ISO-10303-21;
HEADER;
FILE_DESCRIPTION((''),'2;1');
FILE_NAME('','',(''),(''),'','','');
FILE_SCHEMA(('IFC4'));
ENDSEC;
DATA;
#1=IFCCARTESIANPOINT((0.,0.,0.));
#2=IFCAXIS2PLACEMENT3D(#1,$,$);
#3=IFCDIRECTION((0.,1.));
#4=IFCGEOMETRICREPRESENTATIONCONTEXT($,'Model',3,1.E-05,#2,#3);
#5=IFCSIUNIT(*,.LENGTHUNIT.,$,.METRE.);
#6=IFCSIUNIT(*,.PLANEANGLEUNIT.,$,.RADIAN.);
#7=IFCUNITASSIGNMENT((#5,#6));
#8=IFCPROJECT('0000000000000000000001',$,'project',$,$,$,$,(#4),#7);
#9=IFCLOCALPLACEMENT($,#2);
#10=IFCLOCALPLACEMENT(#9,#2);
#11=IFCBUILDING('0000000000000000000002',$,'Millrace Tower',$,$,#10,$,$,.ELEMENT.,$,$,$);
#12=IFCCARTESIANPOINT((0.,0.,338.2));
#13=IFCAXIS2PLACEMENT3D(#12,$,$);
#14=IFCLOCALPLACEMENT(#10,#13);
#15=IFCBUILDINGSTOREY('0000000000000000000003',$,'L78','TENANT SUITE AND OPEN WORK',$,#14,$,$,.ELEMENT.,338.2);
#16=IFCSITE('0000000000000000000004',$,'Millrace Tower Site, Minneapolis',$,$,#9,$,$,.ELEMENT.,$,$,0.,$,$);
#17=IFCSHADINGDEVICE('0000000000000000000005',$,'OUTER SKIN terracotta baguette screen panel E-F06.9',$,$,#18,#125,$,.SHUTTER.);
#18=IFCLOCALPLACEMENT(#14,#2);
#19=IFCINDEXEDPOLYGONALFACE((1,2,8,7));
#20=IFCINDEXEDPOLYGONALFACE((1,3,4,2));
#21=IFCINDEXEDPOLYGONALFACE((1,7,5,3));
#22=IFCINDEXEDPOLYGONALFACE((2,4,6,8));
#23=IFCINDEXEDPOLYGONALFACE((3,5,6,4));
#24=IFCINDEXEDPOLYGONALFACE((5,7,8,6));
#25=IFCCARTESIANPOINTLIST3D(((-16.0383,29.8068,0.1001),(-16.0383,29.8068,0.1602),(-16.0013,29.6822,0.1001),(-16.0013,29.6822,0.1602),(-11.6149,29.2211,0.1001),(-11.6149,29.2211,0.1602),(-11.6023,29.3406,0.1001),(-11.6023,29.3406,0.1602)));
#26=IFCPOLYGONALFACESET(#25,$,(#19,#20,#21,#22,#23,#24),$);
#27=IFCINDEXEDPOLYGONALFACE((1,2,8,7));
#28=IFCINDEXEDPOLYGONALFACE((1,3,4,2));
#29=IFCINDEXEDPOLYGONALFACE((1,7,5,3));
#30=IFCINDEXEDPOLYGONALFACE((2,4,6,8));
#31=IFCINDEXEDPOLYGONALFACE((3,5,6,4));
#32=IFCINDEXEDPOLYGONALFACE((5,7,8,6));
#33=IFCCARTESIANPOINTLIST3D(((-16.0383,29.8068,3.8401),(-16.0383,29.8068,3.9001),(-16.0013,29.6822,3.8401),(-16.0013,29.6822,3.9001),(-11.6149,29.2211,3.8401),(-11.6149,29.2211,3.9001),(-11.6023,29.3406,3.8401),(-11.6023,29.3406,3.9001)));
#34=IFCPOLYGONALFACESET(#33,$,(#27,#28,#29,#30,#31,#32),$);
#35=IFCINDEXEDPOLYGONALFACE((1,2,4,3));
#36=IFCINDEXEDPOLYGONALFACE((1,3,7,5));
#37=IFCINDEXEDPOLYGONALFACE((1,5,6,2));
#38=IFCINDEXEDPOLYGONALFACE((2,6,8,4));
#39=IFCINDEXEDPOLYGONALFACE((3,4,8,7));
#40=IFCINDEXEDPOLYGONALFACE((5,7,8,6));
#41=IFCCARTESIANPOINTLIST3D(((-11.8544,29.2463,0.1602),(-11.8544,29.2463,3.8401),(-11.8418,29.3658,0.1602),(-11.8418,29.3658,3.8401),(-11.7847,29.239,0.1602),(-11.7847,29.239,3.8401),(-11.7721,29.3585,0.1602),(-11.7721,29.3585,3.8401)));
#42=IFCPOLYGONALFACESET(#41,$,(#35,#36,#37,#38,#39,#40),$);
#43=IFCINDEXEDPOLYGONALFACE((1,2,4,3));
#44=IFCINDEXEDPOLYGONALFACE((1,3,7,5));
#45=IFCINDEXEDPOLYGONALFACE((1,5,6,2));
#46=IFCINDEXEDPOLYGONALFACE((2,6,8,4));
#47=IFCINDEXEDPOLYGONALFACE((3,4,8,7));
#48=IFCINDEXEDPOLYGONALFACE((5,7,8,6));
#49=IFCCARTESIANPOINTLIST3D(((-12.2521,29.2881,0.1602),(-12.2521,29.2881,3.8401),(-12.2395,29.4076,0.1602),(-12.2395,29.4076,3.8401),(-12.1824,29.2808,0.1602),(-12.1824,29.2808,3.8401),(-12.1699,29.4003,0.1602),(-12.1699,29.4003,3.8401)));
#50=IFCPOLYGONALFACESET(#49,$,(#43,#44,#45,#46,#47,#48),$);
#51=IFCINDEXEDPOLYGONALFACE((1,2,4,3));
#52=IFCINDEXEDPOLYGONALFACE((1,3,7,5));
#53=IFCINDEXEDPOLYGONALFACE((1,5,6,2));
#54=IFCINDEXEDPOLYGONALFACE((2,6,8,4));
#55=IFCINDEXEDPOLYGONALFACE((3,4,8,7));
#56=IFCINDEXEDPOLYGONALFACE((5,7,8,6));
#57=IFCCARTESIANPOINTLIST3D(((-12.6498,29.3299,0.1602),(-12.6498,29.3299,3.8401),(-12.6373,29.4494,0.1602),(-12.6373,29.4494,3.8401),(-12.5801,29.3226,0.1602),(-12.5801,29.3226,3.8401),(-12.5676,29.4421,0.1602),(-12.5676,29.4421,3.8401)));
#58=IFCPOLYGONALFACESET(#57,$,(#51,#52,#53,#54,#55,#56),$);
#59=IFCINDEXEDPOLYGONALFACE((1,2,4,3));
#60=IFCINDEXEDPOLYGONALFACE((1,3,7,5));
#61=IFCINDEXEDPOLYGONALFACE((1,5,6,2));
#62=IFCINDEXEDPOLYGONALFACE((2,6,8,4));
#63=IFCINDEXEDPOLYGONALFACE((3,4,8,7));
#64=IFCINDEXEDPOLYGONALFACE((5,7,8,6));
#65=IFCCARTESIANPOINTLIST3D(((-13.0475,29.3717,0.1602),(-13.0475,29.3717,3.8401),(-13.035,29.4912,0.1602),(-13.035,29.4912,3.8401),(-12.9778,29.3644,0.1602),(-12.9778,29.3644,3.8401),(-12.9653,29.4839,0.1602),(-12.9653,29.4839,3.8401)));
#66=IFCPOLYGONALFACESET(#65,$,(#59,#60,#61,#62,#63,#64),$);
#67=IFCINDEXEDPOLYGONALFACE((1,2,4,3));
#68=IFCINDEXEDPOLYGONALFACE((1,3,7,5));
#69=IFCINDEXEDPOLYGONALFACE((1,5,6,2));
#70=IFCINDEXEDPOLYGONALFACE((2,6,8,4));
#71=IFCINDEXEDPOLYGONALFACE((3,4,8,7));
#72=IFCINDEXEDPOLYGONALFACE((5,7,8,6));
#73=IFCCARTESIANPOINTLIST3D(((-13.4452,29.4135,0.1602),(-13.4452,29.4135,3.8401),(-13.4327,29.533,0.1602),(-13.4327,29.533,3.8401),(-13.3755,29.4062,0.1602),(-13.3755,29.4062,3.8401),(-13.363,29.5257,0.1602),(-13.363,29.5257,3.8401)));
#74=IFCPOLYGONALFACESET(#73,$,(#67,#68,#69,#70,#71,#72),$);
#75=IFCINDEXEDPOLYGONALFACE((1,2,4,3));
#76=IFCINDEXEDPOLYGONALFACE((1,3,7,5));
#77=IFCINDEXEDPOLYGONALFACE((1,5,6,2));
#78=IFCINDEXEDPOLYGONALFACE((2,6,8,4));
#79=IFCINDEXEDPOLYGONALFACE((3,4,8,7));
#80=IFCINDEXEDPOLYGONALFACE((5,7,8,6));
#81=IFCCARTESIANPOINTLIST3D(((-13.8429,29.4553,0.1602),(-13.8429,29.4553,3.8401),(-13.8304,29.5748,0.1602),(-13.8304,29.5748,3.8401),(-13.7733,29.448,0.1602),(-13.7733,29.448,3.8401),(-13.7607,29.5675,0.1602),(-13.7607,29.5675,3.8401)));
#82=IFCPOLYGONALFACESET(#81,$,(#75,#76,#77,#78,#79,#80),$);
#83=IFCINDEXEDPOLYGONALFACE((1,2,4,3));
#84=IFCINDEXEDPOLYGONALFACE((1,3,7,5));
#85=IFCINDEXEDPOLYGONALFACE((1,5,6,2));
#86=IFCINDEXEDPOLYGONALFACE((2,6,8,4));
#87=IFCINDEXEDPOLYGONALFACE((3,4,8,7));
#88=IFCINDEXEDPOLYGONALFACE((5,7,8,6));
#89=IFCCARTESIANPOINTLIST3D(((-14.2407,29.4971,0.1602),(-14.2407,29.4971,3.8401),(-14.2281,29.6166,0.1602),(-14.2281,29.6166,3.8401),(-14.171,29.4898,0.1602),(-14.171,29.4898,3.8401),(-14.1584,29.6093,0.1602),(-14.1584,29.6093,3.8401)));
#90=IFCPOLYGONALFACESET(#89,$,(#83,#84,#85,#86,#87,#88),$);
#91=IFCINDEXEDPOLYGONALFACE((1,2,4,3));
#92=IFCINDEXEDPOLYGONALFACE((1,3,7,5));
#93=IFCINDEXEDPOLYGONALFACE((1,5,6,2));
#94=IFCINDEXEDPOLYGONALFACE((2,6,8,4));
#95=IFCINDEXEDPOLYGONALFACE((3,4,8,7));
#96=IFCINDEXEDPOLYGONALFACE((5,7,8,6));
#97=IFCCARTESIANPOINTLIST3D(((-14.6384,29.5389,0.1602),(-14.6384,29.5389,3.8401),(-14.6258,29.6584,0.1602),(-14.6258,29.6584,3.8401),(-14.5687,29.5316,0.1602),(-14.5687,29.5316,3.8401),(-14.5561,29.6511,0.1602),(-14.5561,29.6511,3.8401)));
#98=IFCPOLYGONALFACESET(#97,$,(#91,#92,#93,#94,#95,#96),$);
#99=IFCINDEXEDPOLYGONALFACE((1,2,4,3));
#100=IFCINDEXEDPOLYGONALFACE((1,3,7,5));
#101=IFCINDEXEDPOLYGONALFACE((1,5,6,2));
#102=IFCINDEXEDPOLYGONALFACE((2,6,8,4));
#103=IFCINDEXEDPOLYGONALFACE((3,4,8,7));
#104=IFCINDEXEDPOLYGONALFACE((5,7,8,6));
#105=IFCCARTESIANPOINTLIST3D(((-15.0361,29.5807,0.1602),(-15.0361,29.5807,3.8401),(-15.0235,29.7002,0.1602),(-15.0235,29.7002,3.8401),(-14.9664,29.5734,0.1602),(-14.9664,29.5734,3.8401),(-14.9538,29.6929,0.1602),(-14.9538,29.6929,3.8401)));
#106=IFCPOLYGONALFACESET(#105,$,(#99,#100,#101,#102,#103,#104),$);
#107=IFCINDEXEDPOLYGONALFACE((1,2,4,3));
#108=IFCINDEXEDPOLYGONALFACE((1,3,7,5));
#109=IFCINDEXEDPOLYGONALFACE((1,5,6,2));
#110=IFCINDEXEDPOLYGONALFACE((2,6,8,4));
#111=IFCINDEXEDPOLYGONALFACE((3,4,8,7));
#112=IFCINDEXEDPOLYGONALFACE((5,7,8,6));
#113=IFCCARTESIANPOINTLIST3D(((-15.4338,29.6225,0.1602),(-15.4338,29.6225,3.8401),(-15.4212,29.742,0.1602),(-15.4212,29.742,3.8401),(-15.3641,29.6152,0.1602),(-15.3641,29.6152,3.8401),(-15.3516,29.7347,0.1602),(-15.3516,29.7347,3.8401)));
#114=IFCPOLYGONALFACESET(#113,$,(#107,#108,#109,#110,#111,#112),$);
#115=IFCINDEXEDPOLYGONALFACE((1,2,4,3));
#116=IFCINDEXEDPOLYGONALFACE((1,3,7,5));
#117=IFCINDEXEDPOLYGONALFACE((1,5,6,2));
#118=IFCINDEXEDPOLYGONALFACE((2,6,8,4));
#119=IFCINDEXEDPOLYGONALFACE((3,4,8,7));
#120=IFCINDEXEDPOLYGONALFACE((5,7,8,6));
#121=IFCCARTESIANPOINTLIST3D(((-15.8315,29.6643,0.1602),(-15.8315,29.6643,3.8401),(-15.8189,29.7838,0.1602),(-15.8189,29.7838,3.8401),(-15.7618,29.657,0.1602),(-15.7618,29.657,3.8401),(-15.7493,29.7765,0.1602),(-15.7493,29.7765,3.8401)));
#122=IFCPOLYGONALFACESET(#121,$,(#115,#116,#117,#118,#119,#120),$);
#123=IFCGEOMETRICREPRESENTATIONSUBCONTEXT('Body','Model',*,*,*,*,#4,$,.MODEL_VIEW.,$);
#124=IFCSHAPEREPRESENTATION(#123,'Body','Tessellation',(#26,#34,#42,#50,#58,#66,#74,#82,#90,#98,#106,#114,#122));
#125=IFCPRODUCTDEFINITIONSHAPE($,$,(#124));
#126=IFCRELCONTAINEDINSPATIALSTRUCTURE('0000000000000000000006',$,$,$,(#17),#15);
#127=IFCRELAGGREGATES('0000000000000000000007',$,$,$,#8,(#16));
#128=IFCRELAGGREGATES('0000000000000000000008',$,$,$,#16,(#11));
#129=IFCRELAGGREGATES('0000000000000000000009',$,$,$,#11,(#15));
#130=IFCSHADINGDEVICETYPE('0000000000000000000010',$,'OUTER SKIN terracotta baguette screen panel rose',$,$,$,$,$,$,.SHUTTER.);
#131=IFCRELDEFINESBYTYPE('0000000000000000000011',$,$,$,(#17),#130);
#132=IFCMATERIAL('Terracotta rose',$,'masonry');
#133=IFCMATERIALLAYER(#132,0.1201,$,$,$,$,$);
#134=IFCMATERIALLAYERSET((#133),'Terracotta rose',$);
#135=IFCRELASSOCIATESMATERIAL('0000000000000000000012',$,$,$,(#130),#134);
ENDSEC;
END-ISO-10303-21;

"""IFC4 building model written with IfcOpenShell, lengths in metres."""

from ifc_helpers import new_model, entity, si_unit, direction, frame, frame_2d, origin, place, context, subcontext, project, spatial, rectangle, extrude, source, transform, mapped, material, layer, layer_set, type_object, element, save


model = new_model("IFC4")

# Units and contexts
model_context = context("Model", 3, precision=1e-05, world=origin(), true_north=direction((0.0, 1.0)))
body_context = subcontext(model_context, "Body", "Model", "MODEL_VIEW")
ifc_project = project(units=[si_unit("LENGTHUNIT", "METRE"), si_unit("PLANEANGLEUNIT", "RADIAN")], contexts=[model_context])

# Site, building, storey
site_placement = place(None, origin())
site = spatial("IfcSite", under=ifc_project, at=site_placement, Name="Millrace Tower Site, Minneapolis", CompositionType="ELEMENT", RefElevation=0.0)
building_placement = place(site_placement, origin())
building = spatial("IfcBuilding", under=site, at=building_placement, Name="Millrace Tower", CompositionType="ELEMENT")
storey_placement = place(building_placement, frame((0.0, 0.0, 338.2)))
storey = spatial("IfcBuildingStorey", under=building, at=storey_placement, Name="L78", Description="TENANT SUITE AND OPEN WORK", CompositionType="ELEMENT", Elevation=338.2)

# Shading device
ifc_material_1 = material(Name="Terracotta rose", Category="masonry")
ifc_layer_1 = layer(ifc_material_1, 0.1201)
ifc_layer_set_1 = layer_set([ifc_layer_1], Name="Terracotta rose")
shading_device_type = type_object("IfcShadingDeviceType", Name="OUTER SKIN terracotta baguette screen panel rose", PredefinedType="SHUTTER", material=ifc_layer_set_1)
cartesian_point_1 = entity("IfcCartesianPoint", [-2.2178, 0.0601])
shared_polyline_1 = entity("IfcPolyline", [cartesian_point_1, entity("IfcCartesianPoint", [2.1929, 0.0601]), entity("IfcCartesianPoint", [2.2427, -0.0601]), entity("IfcCartesianPoint", [-2.2178, -0.0601]), cartesian_point_1])
shared_shape_1 = source(origin(), body_context, "Body", "SweptSolid", [
    entity("IfcExtrudedAreaSolid", entity("IfcArbitraryClosedProfileDef", "AREA", None, shared_polyline_1), entity("IfcAxis2Placement3D", entity("IfcCartesianPoint", [0.0, 0.0, 0.0])), entity("IfcDirection", [0.0, 0.0, 1.0]), 0.0601),
    entity("IfcExtrudedAreaSolid", entity("IfcArbitraryClosedProfileDef", "AREA", None, shared_polyline_1), entity("IfcAxis2Placement3D", entity("IfcCartesianPoint", [0.0, 0.0, 3.74])), entity("IfcDirection", [0.0, 0.0, 1.0]), 0.0601),
    extrude(rectangle(XDim=0.0701, YDim=0.1201, at=frame_2d((-2.012, 0.0))), frame((0.0, 0.0, 0.0601)), (0.0, 0.0, 1.0), 3.6799),
    extrude(rectangle(XDim=0.0701, YDim=0.1201, at=frame_2d((-1.6121, 0.0))), frame((0.0, 0.0, 0.0601)), (0.0, 0.0, 1.0), 3.6799),
    extrude(rectangle(XDim=0.0701, YDim=0.1201, at=frame_2d((-1.2122, 0.0))), frame((0.0, 0.0, 0.0601)), (0.0, 0.0, 1.0), 3.6799),
    extrude(rectangle(XDim=0.0701, YDim=0.1201, at=frame_2d((-0.8123, 0.0))), frame((0.0, 0.0, 0.0601)), (0.0, 0.0, 1.0), 3.6799),
    extrude(rectangle(XDim=0.0701, YDim=0.1201, at=frame_2d((-0.4124, 0.0))), frame((0.0, 0.0, 0.0601)), (0.0, 0.0, 1.0), 3.6799),
    extrude(rectangle(XDim=0.0701, YDim=0.1201, at=frame_2d((-0.0125, 0.0))), frame((0.0, 0.0, 0.0601)), (0.0, 0.0, 1.0), 3.6799),
    extrude(rectangle(XDim=0.0701, YDim=0.1201, at=frame_2d((0.3875, 0.0))), frame((0.0, 0.0, 0.0601)), (0.0, 0.0, 1.0), 3.6799),
    extrude(rectangle(XDim=0.0701, YDim=0.1201, at=frame_2d((0.7874, 0.0))), frame((0.0, 0.0, 0.0601)), (0.0, 0.0, 1.0), 3.6799),
    extrude(rectangle(XDim=0.0701, YDim=0.1201, at=frame_2d((1.1873, 0.0))), frame((0.0, 0.0, 0.0601)), (0.0, 0.0, 1.0), 3.6799),
    extrude(rectangle(XDim=0.0701, YDim=0.1201, at=frame_2d((1.5872, 0.0))), frame((0.0, 0.0, 0.0601)), (0.0, 0.0, 1.0), 3.6799),
    extrude(rectangle(XDim=0.0701, YDim=0.1201, at=frame_2d((1.9871, 0.0))), frame((0.0, 0.0, 0.0601)), (0.0, 0.0, 1.0), 3.6799),
])
shading_device_placement = place(storey_placement, frame((-13.8142, 29.5127, 0.1001), z_axis=(0.0, 0.0, 1.0), x_axis=(-0.994522, 0.104528, 0.0)))
element("IfcShadingDevice", 1, at=shading_device_placement, inside=storey, type_object=shading_device_type, Name="OUTER SKIN terracotta baguette screen panel E-F06.9", PredefinedType="SHUTTER", context=body_context, shape_type="MappedRepresentation", body=[
    mapped(shared_shape_1, transform((0.0, 0.0, 0.0), scale=1.0)),
])

save(model, "model.ifc")
